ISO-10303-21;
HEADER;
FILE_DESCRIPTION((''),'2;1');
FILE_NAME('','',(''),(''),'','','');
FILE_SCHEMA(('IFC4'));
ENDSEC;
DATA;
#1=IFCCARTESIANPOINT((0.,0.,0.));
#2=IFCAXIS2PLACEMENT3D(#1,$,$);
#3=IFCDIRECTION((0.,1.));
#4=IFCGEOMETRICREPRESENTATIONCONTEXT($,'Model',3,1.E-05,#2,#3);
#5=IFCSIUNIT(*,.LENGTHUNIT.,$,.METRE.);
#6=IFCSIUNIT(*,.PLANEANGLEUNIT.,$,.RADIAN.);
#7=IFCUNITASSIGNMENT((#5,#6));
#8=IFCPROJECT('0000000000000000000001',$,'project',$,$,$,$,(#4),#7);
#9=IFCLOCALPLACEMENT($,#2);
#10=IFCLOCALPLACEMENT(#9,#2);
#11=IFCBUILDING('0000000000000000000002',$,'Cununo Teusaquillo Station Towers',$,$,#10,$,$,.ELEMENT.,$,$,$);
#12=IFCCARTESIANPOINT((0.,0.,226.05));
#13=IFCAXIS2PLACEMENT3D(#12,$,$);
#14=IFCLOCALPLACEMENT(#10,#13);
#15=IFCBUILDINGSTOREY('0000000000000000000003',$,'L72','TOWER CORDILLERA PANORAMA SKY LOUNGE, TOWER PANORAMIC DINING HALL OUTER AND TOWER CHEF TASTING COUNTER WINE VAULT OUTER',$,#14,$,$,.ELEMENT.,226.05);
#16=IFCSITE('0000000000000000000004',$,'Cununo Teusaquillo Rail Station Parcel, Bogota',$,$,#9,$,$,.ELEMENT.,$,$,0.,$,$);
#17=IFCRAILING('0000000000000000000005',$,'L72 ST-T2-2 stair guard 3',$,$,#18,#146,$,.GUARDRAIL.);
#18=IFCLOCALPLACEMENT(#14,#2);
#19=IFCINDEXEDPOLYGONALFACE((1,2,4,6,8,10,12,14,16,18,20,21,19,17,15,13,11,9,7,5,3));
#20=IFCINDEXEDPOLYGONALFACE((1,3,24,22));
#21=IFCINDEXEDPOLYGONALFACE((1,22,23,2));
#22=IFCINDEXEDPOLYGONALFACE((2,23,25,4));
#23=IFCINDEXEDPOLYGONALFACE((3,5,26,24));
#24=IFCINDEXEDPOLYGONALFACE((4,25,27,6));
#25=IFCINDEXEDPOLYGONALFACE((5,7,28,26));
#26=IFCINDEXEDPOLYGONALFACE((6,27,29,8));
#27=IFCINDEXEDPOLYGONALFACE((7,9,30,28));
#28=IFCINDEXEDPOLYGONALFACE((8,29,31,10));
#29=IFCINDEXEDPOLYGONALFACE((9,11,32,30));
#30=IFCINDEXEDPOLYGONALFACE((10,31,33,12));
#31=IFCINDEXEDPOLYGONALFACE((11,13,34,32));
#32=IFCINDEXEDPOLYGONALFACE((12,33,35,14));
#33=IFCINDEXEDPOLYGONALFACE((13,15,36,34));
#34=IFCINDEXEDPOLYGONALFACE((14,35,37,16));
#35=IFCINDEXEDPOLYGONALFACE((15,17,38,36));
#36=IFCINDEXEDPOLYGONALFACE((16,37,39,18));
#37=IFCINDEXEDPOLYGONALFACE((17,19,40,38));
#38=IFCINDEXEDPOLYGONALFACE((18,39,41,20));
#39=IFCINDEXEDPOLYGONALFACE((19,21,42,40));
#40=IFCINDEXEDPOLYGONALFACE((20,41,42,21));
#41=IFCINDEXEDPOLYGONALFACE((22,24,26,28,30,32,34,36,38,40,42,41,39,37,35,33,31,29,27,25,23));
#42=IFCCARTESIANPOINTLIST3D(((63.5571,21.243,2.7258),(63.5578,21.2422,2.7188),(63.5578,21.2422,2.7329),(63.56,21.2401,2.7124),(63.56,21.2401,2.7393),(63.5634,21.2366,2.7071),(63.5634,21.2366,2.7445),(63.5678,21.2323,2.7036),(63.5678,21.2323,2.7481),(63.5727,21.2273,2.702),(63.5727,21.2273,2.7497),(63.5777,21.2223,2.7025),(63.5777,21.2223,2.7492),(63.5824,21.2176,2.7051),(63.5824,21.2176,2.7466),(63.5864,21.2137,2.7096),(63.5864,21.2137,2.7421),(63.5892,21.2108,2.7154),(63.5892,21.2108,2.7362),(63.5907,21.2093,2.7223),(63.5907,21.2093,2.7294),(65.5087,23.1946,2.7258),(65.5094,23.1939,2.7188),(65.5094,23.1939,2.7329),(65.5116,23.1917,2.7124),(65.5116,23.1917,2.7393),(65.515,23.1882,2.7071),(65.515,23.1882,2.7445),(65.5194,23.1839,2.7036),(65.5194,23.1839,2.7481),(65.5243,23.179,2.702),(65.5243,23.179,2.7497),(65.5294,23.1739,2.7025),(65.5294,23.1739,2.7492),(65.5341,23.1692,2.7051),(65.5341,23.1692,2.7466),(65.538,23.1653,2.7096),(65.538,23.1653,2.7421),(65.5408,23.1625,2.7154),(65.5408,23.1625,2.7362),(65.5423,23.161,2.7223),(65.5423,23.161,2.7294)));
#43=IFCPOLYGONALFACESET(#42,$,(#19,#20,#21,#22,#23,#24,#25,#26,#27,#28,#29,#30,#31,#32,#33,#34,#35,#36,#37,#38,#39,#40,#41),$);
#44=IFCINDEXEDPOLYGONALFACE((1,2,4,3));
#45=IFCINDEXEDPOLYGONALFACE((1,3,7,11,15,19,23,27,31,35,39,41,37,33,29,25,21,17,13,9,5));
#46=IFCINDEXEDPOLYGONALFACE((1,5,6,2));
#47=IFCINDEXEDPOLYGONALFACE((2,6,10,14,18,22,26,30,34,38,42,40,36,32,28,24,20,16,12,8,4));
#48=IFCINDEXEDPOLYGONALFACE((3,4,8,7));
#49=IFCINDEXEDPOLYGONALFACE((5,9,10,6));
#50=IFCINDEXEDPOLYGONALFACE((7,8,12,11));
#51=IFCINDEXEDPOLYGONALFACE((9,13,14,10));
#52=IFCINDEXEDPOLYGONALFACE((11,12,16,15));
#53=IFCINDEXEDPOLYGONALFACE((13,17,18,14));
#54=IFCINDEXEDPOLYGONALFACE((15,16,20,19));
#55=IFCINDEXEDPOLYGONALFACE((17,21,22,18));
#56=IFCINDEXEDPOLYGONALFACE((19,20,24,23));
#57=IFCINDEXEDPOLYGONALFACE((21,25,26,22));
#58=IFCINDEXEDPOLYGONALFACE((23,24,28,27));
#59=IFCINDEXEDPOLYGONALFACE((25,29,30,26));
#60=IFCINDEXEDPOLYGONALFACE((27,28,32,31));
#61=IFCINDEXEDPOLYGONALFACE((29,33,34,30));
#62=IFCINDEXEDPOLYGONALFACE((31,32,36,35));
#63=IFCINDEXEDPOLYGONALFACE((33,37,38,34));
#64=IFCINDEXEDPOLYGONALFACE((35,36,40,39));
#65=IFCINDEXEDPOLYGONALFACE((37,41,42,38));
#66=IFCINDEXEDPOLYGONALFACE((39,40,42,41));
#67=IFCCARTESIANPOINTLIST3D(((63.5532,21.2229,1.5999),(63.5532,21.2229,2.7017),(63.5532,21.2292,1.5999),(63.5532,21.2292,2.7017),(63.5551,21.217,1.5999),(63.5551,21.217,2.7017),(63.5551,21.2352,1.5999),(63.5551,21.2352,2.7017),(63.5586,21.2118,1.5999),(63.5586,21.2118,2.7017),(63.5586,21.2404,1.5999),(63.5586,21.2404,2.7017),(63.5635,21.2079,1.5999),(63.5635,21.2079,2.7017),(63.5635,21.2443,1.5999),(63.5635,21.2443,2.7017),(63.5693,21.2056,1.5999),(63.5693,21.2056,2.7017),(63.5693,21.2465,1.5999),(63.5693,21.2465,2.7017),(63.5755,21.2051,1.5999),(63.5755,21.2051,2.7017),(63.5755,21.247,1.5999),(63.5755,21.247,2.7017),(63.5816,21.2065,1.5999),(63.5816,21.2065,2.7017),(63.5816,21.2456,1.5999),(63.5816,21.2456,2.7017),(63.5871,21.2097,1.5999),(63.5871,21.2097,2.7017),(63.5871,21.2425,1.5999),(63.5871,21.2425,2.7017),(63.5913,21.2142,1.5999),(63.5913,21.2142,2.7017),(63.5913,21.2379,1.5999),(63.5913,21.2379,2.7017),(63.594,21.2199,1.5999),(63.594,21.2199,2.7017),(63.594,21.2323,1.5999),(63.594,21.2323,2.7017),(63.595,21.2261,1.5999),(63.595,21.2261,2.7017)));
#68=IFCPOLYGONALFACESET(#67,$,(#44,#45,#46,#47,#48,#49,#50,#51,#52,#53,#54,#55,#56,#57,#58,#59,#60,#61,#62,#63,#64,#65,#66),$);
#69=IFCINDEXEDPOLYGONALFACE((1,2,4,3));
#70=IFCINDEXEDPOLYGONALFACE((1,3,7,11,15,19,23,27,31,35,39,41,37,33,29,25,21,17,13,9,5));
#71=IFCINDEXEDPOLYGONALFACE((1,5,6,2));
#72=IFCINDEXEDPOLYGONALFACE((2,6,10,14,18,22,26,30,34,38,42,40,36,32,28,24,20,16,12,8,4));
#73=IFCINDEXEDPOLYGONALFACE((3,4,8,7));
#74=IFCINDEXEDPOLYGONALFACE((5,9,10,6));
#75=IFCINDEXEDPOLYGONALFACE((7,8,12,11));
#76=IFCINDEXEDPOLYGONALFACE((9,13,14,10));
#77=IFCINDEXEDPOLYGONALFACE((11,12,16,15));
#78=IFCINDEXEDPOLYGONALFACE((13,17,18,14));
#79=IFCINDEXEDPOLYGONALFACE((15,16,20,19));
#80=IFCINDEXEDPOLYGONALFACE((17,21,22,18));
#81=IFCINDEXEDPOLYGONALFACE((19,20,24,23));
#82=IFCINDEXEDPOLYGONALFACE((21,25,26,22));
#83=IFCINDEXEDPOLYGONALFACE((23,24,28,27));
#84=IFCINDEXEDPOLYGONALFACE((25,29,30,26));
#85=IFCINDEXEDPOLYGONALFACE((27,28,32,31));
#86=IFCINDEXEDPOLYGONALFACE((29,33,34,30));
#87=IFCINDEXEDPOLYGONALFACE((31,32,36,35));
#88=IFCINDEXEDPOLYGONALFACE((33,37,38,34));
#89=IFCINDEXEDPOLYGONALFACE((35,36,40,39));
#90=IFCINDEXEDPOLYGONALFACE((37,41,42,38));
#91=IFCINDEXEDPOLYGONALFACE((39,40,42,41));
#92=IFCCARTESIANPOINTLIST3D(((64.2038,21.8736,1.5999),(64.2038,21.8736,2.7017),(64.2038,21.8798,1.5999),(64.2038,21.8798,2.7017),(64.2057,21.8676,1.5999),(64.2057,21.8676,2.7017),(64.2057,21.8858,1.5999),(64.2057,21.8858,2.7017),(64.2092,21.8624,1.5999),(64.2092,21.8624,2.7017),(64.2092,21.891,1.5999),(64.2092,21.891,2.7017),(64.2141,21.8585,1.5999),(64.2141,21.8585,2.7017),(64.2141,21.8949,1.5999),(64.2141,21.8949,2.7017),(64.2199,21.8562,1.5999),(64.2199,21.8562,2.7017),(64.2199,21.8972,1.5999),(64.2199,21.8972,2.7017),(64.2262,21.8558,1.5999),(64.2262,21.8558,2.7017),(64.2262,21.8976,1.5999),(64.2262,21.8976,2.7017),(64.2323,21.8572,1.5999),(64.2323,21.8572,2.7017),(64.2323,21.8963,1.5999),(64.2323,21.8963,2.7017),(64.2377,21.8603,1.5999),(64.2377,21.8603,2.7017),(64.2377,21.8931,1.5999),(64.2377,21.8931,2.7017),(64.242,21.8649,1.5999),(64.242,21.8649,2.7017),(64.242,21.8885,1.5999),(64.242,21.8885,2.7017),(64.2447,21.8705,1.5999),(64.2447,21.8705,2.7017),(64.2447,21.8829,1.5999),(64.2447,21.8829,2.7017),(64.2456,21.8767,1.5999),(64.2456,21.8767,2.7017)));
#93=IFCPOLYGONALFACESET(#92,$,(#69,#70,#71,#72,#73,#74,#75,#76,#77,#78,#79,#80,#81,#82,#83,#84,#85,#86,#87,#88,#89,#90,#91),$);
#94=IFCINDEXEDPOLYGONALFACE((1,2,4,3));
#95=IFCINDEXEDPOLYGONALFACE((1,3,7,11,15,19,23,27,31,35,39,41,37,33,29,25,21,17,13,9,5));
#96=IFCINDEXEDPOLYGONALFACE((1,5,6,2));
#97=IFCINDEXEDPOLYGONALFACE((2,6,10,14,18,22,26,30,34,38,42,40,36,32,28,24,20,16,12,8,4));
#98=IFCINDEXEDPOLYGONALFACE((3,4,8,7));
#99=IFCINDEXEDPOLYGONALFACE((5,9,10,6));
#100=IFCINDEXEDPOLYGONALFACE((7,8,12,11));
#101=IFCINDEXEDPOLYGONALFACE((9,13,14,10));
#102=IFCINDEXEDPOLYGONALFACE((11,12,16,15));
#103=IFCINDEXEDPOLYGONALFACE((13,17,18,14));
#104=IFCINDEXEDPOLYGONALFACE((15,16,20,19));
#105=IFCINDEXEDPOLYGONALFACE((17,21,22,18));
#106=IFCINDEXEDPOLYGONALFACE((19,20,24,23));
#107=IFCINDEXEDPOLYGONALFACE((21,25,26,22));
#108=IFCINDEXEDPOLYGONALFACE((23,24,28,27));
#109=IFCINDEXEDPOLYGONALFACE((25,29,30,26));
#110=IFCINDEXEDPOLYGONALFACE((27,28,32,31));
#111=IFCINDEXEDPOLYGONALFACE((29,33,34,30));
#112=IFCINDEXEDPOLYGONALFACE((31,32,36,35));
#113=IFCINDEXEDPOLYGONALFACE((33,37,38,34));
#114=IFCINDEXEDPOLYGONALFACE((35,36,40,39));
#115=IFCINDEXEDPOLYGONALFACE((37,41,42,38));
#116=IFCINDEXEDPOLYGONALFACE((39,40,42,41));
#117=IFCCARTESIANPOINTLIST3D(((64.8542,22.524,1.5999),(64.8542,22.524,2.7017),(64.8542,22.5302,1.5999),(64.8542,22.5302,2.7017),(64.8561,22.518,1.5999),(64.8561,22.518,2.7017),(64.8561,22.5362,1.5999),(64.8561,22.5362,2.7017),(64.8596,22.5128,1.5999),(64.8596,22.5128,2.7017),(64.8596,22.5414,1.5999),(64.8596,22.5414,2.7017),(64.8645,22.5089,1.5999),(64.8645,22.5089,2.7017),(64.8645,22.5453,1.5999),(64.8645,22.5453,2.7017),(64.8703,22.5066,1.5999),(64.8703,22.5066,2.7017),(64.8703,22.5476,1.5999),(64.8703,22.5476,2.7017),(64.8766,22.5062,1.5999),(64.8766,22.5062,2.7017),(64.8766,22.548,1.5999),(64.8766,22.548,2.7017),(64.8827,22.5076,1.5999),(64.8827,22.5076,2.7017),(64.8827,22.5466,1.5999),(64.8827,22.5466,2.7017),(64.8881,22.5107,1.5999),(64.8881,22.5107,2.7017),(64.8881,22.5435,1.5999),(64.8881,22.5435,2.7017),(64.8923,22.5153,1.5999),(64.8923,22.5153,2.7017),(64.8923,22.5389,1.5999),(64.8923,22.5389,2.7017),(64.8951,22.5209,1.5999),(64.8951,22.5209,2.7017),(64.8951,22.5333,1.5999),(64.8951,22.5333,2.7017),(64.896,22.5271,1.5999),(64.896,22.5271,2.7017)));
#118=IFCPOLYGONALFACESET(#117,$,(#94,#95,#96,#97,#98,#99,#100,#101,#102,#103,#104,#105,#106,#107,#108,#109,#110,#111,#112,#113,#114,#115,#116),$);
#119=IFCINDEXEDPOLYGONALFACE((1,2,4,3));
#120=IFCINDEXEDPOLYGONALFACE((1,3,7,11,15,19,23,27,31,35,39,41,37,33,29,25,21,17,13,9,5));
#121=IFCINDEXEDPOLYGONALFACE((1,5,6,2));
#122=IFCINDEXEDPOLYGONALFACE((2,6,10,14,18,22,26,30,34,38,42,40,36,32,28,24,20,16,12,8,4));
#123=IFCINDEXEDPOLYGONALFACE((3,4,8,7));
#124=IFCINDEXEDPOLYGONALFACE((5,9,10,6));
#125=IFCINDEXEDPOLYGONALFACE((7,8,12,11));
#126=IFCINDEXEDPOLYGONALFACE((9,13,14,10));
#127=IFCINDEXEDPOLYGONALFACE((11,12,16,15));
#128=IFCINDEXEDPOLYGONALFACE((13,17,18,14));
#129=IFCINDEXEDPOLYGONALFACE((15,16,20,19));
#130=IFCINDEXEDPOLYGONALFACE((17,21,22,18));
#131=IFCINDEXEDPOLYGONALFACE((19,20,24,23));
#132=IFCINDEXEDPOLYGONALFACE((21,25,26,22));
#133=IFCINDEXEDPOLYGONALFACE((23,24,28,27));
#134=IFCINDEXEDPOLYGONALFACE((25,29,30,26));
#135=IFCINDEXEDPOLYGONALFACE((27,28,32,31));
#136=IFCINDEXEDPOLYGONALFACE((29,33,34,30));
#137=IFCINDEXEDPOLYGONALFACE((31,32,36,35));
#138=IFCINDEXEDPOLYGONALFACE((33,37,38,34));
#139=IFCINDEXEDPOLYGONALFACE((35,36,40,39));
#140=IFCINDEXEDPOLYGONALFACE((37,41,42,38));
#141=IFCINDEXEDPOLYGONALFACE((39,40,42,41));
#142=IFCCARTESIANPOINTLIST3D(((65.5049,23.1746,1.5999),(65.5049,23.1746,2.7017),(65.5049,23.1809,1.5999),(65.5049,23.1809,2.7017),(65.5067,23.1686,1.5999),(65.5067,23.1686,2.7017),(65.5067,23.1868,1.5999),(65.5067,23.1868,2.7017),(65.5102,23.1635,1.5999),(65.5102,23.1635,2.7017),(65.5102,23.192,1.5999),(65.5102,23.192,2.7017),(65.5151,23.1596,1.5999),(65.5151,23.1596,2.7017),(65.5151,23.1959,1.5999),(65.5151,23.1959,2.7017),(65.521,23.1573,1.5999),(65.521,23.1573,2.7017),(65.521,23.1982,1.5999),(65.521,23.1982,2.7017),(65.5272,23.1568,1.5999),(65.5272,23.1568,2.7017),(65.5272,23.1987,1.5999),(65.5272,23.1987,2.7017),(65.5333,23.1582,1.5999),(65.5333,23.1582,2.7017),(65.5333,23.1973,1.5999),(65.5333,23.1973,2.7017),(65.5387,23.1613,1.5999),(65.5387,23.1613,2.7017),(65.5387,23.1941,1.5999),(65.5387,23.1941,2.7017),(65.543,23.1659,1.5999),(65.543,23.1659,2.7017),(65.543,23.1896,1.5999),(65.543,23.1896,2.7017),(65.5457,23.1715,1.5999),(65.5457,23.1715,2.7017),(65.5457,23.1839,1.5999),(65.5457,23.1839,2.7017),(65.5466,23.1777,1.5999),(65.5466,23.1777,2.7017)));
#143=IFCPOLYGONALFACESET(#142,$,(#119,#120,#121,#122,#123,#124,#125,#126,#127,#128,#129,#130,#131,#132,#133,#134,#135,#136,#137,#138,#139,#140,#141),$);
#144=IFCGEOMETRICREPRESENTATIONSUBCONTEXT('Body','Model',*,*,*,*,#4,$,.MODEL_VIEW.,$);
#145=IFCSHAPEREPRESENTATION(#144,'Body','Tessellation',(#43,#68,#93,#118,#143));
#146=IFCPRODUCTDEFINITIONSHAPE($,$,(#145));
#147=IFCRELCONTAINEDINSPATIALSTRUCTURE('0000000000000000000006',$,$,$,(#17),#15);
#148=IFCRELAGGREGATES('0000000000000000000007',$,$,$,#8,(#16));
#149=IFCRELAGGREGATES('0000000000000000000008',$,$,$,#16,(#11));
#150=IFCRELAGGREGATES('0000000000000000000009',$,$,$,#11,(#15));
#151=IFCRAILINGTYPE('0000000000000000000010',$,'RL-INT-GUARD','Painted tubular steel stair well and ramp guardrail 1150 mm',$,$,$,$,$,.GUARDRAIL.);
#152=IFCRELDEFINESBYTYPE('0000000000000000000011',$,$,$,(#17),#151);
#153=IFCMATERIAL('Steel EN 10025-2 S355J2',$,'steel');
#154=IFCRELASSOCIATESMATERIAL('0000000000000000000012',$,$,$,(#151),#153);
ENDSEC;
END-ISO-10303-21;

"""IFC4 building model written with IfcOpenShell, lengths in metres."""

from ifc_helpers import new_model, si_unit, direction, frame, origin, origin_2d, place, context, subcontext, project, spatial, circle, extrude, material, type_object, element, save


model = new_model("IFC4")

# Units and contexts
model_context = context("Model", 3, precision=1e-05, world=origin(), true_north=direction((0.0, 1.0)))
body_context = subcontext(model_context, "Body", "Model", "MODEL_VIEW")
ifc_project = project(units=[si_unit("LENGTHUNIT", "METRE"), si_unit("PLANEANGLEUNIT", "RADIAN")], contexts=[model_context])

# Site, building, storey
site_placement = place(None, origin())
site = spatial("IfcSite", under=ifc_project, at=site_placement, Name="Cununo Teusaquillo Rail Station Parcel, Bogota", CompositionType="ELEMENT", RefElevation=0.0)
building_placement = place(site_placement, origin())
building = spatial("IfcBuilding", under=site, at=building_placement, Name="Cununo Teusaquillo Station Towers", CompositionType="ELEMENT")
storey_placement = place(building_placement, frame((0.0, 0.0, 226.05)))
storey = spatial("IfcBuildingStorey", under=building, at=storey_placement, Name="L72", Description="TOWER CORDILLERA PANORAMA SKY LOUNGE, TOWER PANORAMIC DINING HALL OUTER AND TOWER CHEF TASTING COUNTER WINE VAULT OUTER", CompositionType="ELEMENT", Elevation=226.05)

# Railing
ifc_material_1 = material(Name="Steel EN 10025-2 S355J2", Category="steel")
railing_type = type_object("IfcRailingType", Name="RL-INT-GUARD", Description="Painted tubular steel stair well and ramp guardrail 1150 mm", PredefinedType="GUARDRAIL", material=ifc_material_1)
railing_1_placement = place(storey_placement, frame((63.574, 21.2261, 1.5999)))
element("IfcRailing", 1, at=railing_1_placement, inside=storey, type_object=railing_type, Name="L72 ST-T2-2 stair guard 3", PredefinedType="GUARDRAIL", context=body_context, shape_type="SweptSolid", body=[
    extrude(circle(Radius=0.0239, at=origin_2d()), frame((0.0, 0.0, 1.126), z_axis=(0.707107, 0.707107, 0.0), x_axis=(-0.707107, 0.707107, 0.0)), (0.0, 0.0, 1.0), 2.76),
    extrude(circle(Radius=0.021, at=origin_2d()), origin(), (0.0, 0.0, 1.0), 1.1018),
    extrude(circle(Radius=0.021, at=origin_2d()), frame((0.6506, 0.6506, 0.0)), (0.0, 0.0, 1.0), 1.1018),
    extrude(circle(Radius=0.021, at=origin_2d()), frame((1.301, 1.301, 0.0)), (0.0, 0.0, 1.0), 1.1018),
    extrude(circle(Radius=0.021, at=origin_2d()), frame((1.9517, 1.9517, 0.0)), (0.0, 0.0, 1.0), 1.1018),
])

save(model, "model.ifc")
